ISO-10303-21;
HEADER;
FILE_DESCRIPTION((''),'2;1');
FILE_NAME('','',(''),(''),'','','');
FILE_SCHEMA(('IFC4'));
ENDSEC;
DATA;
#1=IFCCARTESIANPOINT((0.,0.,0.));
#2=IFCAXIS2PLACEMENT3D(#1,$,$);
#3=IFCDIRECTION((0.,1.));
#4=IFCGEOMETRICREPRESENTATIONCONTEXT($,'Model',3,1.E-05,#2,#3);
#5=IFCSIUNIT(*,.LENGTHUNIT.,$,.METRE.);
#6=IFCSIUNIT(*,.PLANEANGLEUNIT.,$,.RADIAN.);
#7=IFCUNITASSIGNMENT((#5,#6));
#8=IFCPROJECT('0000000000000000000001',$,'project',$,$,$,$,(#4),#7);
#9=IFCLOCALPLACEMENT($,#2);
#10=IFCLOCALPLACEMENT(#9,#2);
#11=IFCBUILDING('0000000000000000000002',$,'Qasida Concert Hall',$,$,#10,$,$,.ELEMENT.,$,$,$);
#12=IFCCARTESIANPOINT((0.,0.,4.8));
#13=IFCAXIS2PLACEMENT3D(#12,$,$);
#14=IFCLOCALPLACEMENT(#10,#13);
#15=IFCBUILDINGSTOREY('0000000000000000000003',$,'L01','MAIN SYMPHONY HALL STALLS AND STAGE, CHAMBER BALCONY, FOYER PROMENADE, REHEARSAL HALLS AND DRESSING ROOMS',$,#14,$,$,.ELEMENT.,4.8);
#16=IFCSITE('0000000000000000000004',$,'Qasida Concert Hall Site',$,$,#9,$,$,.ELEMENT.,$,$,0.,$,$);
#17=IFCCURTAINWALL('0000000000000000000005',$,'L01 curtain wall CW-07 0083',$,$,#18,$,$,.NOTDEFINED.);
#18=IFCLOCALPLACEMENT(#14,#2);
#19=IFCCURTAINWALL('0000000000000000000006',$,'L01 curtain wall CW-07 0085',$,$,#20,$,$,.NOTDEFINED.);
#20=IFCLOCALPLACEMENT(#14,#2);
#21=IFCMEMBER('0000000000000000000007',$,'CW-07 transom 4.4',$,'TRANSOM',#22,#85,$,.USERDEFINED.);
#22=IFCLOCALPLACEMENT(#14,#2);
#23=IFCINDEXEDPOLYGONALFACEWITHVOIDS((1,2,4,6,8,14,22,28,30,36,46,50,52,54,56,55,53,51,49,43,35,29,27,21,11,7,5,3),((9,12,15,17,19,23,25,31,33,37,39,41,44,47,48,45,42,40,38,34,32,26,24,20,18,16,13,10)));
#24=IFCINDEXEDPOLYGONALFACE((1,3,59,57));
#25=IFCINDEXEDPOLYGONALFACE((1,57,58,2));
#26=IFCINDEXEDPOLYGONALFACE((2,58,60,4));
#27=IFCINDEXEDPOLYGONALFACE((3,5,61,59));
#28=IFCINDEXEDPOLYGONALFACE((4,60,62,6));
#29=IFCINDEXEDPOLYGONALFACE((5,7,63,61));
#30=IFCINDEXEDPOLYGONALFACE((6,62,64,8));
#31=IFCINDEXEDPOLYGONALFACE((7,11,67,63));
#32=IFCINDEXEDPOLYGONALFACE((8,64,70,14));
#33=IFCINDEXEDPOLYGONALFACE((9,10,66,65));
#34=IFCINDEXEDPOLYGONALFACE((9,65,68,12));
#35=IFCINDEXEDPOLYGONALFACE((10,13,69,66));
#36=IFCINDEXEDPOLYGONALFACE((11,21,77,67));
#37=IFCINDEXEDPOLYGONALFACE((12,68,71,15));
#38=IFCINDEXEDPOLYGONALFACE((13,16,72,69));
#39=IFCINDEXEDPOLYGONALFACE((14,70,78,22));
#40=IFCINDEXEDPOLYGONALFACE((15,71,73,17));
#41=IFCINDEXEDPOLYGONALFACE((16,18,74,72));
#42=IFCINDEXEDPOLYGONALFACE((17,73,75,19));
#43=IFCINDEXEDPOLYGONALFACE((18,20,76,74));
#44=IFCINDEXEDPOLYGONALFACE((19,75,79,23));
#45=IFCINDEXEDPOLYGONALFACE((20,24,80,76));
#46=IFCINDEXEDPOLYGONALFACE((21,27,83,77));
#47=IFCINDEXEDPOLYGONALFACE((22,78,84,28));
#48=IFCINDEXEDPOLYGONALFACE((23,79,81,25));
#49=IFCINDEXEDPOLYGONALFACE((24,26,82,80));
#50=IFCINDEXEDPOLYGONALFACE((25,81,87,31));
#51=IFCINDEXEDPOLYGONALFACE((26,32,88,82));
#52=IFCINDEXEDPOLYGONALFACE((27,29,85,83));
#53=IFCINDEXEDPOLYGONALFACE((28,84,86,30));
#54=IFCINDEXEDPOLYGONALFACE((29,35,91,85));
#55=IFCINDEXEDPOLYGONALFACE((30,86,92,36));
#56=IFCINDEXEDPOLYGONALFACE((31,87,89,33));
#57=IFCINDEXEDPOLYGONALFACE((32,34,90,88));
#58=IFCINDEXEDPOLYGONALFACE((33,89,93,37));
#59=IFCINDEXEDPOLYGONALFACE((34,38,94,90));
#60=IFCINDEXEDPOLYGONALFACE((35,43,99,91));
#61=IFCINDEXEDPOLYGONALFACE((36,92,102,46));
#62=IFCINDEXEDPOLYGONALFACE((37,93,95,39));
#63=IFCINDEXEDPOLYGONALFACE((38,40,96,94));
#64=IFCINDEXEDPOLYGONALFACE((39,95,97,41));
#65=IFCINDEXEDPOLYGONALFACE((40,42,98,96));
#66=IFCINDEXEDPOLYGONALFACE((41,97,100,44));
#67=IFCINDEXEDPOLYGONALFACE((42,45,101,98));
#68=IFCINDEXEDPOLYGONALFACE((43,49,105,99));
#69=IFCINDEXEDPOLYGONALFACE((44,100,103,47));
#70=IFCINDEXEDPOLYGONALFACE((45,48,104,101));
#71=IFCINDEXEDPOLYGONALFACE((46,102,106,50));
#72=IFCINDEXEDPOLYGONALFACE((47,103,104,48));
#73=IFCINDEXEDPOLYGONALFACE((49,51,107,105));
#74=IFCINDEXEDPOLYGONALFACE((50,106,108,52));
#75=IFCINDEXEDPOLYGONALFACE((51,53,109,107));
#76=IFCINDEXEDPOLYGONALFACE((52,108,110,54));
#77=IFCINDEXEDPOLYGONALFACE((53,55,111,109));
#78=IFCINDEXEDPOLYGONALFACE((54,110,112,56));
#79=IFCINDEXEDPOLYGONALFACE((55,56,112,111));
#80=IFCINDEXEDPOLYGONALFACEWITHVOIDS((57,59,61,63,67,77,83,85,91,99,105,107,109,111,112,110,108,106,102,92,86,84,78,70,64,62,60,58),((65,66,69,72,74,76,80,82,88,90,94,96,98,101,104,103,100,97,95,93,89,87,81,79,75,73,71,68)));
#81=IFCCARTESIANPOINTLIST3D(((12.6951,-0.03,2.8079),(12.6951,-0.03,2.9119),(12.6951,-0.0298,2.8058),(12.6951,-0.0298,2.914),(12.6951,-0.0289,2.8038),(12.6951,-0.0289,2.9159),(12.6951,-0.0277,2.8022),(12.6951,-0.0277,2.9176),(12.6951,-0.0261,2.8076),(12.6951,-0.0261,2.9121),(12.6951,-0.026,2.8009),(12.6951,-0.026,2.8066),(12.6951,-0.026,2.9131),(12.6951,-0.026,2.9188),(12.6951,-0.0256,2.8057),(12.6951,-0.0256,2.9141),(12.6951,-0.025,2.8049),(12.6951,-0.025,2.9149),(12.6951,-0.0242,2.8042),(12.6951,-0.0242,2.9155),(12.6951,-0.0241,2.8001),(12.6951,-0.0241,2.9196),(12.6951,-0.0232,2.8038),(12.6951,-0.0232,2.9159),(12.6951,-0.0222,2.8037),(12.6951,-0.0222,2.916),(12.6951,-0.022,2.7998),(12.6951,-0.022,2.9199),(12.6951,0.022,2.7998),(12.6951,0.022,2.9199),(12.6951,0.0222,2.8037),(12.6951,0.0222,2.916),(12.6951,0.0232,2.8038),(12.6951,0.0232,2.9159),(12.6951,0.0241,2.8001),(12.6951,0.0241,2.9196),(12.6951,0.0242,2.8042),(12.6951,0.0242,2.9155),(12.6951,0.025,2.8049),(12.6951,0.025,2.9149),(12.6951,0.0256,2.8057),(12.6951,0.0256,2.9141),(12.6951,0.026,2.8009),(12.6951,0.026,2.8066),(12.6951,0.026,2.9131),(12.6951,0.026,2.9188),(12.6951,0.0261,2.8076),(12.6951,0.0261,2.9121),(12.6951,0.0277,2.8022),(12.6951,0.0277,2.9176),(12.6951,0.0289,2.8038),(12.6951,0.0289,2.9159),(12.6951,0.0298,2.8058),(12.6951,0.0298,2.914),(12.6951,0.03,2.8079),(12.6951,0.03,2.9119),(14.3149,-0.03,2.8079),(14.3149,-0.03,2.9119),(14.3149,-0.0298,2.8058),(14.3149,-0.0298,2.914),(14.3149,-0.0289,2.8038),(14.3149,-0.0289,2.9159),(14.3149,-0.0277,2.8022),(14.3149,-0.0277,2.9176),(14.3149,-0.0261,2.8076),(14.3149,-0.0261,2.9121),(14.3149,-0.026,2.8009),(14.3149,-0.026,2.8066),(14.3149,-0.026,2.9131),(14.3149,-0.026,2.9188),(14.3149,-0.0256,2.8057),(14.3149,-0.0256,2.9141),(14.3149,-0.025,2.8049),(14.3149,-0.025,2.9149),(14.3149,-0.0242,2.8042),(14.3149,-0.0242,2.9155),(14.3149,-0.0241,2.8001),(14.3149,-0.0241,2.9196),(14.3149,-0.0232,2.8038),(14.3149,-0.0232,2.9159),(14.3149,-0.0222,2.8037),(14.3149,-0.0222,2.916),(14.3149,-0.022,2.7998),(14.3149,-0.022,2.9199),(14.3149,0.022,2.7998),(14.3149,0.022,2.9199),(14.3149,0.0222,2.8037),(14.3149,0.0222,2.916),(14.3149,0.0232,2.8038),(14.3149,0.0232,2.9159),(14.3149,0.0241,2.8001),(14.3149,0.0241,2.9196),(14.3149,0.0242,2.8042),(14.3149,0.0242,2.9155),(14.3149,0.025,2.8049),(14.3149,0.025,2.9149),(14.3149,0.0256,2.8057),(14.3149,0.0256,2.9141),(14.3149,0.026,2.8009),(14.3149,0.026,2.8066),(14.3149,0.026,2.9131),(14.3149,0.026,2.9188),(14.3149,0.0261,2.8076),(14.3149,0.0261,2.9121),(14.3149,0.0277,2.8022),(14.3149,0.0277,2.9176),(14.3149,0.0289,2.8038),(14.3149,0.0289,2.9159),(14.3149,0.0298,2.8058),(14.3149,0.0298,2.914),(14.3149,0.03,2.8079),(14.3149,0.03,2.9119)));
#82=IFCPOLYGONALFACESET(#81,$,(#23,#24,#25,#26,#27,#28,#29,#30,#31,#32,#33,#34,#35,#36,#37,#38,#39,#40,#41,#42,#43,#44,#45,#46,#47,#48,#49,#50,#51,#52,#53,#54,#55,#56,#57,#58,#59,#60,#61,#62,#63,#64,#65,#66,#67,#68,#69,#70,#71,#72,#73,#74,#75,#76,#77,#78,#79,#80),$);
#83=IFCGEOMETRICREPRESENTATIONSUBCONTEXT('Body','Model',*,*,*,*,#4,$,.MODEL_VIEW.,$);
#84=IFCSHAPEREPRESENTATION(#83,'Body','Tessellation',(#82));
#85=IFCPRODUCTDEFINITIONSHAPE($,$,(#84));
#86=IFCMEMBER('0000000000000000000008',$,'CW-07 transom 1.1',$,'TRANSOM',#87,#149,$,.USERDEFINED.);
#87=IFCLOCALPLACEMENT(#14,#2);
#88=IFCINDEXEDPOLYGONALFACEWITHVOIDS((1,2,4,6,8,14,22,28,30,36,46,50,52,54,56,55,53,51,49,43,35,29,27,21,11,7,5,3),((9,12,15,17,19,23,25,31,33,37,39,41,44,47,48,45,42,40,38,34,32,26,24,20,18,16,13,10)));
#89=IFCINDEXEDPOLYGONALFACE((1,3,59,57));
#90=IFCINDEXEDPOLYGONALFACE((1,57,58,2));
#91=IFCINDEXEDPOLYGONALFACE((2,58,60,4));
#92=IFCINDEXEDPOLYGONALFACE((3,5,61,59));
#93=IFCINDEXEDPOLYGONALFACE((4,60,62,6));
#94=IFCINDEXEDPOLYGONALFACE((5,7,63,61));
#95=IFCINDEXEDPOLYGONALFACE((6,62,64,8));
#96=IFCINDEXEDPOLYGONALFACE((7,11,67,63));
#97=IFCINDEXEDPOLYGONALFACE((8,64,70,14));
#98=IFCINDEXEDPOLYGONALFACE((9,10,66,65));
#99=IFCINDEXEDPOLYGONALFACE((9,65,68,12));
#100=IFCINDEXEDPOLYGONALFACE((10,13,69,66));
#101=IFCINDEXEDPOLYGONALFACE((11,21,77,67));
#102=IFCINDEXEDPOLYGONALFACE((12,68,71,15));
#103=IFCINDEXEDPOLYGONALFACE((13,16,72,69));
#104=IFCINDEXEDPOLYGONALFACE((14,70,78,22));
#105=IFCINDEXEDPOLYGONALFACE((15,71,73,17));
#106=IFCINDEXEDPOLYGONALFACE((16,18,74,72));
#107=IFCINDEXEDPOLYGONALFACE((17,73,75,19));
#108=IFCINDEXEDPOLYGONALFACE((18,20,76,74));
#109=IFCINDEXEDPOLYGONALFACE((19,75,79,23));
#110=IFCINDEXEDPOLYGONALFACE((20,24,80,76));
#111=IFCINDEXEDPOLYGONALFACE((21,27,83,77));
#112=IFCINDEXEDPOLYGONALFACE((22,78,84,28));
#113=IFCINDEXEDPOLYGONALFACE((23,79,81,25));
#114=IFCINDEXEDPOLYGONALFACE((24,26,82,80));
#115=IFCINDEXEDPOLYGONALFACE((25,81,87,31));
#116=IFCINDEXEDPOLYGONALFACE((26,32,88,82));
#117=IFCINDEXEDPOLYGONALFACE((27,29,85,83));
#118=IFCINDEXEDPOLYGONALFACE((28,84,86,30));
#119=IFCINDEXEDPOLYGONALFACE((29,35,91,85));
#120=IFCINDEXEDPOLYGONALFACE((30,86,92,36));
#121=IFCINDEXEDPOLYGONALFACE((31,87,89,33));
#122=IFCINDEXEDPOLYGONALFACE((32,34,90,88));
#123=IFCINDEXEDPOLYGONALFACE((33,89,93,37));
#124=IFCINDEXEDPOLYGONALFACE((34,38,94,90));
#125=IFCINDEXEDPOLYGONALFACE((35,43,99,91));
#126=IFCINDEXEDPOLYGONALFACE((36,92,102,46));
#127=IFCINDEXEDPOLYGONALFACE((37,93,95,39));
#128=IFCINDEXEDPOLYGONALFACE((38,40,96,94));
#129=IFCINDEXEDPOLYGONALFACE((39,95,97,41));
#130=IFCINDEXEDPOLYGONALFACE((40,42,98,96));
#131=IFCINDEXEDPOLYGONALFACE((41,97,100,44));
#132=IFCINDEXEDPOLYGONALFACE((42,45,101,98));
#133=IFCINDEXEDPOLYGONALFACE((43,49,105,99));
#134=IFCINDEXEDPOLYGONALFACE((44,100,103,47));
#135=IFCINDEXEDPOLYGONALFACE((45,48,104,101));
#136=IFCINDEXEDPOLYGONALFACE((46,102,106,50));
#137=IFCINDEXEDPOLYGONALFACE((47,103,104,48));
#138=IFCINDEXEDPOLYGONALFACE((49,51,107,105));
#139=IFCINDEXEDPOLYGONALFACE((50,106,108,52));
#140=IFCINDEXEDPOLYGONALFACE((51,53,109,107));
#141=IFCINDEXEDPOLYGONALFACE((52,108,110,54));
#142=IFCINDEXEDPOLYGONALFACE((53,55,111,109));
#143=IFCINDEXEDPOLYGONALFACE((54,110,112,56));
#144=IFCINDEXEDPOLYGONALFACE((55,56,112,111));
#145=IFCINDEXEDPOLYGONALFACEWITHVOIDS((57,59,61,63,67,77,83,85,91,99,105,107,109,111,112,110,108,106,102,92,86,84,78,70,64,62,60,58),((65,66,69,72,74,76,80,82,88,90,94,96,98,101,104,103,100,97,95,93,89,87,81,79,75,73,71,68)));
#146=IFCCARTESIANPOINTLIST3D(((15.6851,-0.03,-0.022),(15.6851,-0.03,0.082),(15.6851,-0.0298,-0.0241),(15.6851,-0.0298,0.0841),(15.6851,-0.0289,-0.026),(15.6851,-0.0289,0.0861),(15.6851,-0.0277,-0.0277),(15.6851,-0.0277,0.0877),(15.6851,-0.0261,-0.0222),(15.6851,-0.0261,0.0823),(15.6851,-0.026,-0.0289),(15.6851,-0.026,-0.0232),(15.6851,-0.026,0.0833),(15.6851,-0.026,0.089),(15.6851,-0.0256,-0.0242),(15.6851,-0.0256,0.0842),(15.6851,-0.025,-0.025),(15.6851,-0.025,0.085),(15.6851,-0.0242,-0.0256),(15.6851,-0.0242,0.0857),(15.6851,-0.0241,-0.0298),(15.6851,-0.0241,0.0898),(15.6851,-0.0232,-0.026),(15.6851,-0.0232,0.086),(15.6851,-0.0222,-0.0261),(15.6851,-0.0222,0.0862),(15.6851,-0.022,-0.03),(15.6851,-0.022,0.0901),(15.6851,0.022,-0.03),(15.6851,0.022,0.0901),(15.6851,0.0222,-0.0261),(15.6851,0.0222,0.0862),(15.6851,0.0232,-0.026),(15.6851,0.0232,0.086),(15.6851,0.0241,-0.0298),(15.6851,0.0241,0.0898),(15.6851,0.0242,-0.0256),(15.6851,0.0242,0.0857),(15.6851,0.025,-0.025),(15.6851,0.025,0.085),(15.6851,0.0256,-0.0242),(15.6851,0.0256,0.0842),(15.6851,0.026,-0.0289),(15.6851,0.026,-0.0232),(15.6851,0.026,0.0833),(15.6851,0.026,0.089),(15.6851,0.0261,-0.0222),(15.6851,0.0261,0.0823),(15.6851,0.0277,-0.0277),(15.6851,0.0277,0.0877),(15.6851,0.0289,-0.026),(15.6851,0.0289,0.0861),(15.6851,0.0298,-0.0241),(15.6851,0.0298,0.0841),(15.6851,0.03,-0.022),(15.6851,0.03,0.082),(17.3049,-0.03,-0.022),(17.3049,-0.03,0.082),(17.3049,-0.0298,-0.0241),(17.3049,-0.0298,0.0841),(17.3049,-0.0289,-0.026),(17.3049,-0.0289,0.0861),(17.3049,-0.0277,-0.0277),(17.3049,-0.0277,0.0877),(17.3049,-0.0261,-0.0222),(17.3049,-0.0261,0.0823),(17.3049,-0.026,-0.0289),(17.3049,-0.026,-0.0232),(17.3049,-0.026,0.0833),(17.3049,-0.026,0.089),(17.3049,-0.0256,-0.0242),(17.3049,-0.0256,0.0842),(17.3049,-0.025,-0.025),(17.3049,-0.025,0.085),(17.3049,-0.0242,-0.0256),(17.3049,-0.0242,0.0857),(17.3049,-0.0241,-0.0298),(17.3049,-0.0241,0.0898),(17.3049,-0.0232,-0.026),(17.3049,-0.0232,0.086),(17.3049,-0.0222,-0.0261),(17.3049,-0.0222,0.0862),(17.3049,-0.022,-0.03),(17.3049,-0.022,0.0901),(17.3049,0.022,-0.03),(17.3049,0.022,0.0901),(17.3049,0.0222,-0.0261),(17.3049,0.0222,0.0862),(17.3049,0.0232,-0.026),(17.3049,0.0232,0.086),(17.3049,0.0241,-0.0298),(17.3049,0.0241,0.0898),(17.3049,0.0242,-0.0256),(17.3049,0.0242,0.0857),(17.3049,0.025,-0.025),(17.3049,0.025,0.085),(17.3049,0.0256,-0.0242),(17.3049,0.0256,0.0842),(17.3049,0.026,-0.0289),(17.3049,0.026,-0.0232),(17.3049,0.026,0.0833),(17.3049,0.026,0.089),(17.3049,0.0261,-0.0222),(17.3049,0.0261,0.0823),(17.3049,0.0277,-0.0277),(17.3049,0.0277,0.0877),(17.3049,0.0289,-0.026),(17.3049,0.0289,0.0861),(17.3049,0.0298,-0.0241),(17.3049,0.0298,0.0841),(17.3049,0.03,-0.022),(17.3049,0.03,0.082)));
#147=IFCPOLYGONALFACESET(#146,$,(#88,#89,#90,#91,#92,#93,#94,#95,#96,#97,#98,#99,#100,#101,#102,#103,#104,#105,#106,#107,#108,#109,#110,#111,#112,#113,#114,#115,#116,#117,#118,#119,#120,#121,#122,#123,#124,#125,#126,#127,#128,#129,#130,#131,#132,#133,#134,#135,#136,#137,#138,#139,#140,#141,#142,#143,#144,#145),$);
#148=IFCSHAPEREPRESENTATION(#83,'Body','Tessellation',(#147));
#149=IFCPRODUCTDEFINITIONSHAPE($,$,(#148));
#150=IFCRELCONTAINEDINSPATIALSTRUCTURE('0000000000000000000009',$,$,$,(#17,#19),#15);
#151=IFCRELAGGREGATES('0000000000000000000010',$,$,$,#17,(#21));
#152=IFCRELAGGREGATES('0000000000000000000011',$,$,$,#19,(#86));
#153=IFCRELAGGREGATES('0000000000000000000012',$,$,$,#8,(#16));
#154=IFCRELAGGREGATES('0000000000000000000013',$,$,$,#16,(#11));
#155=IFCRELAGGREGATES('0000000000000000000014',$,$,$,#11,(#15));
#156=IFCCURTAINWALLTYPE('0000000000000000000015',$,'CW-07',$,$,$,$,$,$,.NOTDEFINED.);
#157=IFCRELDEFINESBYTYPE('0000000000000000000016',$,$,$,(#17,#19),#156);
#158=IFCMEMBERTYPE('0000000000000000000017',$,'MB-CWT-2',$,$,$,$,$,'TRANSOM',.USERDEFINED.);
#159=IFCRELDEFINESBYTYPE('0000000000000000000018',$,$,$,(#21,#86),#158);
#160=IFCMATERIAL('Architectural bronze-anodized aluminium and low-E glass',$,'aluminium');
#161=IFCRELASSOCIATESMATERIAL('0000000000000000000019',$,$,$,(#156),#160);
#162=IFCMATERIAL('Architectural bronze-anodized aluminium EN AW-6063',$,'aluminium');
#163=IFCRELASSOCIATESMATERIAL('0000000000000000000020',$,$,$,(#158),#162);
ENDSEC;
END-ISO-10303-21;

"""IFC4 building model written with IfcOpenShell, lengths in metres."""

from ifc_helpers import new_model, si_unit, direction, frame, origin, origin_2d, place, context, subcontext, project, spatial, hollow_rectangle, extrude, material, material_profile, profile_set, type_object, element, aggregate, save


model = new_model("IFC4")

# Units and contexts
model_context = context("Model", 3, precision=1e-05, world=origin(), true_north=direction((0.0, 1.0)))
body_context = subcontext(model_context, "Body", "Model", "MODEL_VIEW")
ifc_project = project(units=[si_unit("LENGTHUNIT", "METRE"), si_unit("PLANEANGLEUNIT", "RADIAN")], contexts=[model_context])

# Site, building, storey
site_placement = place(None, origin())
site = spatial("IfcSite", under=ifc_project, at=site_placement, Name="Qasida Concert Hall Site", CompositionType="ELEMENT", RefElevation=0.0)
building_placement = place(site_placement, origin())
building = spatial("IfcBuilding", under=site, at=building_placement, Name="Qasida Concert Hall", CompositionType="ELEMENT")
storey_placement = place(building_placement, frame((0.0, 0.0, 4.8)))
storey = spatial("IfcBuildingStorey", under=building, at=storey_placement, Name="L01", Description="MAIN SYMPHONY HALL STALLS AND STAGE, CHAMBER BALCONY, FOYER PROMENADE, REHEARSAL HALLS AND DRESSING ROOMS", CompositionType="ELEMENT", Elevation=4.8)

# Curtain wall
ifc_material_1 = material(Name="Architectural bronze-anodized aluminium and low-E glass", Category="aluminium")
curtain_wall_type = type_object("IfcCurtainWallType", Name="CW-07", PredefinedType="NOTDEFINED", material=ifc_material_1)
curtain_wall_1_placement = place(storey_placement, origin())
curtain_wall_1 = element("IfcCurtainWall", 1, at=curtain_wall_1_placement, inside=storey, type_object=curtain_wall_type, Name="L01 curtain wall CW-07 0083", PredefinedType="NOTDEFINED")
ifc_material_2 = material(Name="Architectural bronze-anodized aluminium EN AW-6063", Category="aluminium")

# Curtain wall
curtain_wall_2_placement = place(storey_placement, origin())
curtain_wall_2 = element("IfcCurtainWall", 2, at=curtain_wall_2_placement, inside=storey, type_object=curtain_wall_type, Name="L01 curtain wall CW-07 0085", PredefinedType="NOTDEFINED")

# Members
ifc_material_profile_1 = material_profile(ifc_material_2, hollow_rectangle(XDim=0.0601, YDim=0.1201, WallThickness=0.0039, InnerFilletRadius=0.0039, OuterFilletRadius=0.0081, at=origin_2d()), Name="CWT 120x60x4")
ifc_profile_set_1 = profile_set([ifc_material_profile_1], Name="Architectural bronze-anodized aluminium EN AW-6063")
member_type_1 = type_object("IfcMemberType", Name="MB-CWT-2", ElementType="TRANSOM", PredefinedType="USERDEFINED", material=ifc_profile_set_1)
member_1_placement = place(storey_placement, frame((12.6951, 0.0, 2.8599), z_axis=(1.0, 0.0, 0.0), x_axis=(0.0, 1.0, 0.0)))
member_1 = element("IfcMember", 3, at=member_1_placement, type_object=member_type_1, Name="CW-07 transom 4.4", ObjectType="TRANSOM", PredefinedType="USERDEFINED", context=body_context, shape_type="SweptSolid", body=[
    extrude(hollow_rectangle(XDim=0.0601, YDim=0.1201, WallThickness=0.0039, InnerFilletRadius=0.0039, OuterFilletRadius=0.0081, at=origin_2d()), origin(), (0.0, 0.0, 1.0), 1.6199),
])
member_2_placement = place(storey_placement, frame((15.6851, 0.0, 0.03), z_axis=(1.0, 0.0, 0.0), x_axis=(0.0, 1.0, 0.0)))
member_2 = element("IfcMember", 4, at=member_2_placement, type_object=member_type_1, Name="CW-07 transom 1.1", ObjectType="TRANSOM", PredefinedType="USERDEFINED", context=body_context, shape_type="SweptSolid", body=[
    extrude(hollow_rectangle(XDim=0.0601, YDim=0.1201, WallThickness=0.0039, InnerFilletRadius=0.0039, OuterFilletRadius=0.0081, at=origin_2d()), origin(), (0.0, 0.0, 1.0), 1.6199),
])

aggregate(curtain_wall_1, [member_1])
aggregate(curtain_wall_2, [member_2])

save(model, "model.ifc")
